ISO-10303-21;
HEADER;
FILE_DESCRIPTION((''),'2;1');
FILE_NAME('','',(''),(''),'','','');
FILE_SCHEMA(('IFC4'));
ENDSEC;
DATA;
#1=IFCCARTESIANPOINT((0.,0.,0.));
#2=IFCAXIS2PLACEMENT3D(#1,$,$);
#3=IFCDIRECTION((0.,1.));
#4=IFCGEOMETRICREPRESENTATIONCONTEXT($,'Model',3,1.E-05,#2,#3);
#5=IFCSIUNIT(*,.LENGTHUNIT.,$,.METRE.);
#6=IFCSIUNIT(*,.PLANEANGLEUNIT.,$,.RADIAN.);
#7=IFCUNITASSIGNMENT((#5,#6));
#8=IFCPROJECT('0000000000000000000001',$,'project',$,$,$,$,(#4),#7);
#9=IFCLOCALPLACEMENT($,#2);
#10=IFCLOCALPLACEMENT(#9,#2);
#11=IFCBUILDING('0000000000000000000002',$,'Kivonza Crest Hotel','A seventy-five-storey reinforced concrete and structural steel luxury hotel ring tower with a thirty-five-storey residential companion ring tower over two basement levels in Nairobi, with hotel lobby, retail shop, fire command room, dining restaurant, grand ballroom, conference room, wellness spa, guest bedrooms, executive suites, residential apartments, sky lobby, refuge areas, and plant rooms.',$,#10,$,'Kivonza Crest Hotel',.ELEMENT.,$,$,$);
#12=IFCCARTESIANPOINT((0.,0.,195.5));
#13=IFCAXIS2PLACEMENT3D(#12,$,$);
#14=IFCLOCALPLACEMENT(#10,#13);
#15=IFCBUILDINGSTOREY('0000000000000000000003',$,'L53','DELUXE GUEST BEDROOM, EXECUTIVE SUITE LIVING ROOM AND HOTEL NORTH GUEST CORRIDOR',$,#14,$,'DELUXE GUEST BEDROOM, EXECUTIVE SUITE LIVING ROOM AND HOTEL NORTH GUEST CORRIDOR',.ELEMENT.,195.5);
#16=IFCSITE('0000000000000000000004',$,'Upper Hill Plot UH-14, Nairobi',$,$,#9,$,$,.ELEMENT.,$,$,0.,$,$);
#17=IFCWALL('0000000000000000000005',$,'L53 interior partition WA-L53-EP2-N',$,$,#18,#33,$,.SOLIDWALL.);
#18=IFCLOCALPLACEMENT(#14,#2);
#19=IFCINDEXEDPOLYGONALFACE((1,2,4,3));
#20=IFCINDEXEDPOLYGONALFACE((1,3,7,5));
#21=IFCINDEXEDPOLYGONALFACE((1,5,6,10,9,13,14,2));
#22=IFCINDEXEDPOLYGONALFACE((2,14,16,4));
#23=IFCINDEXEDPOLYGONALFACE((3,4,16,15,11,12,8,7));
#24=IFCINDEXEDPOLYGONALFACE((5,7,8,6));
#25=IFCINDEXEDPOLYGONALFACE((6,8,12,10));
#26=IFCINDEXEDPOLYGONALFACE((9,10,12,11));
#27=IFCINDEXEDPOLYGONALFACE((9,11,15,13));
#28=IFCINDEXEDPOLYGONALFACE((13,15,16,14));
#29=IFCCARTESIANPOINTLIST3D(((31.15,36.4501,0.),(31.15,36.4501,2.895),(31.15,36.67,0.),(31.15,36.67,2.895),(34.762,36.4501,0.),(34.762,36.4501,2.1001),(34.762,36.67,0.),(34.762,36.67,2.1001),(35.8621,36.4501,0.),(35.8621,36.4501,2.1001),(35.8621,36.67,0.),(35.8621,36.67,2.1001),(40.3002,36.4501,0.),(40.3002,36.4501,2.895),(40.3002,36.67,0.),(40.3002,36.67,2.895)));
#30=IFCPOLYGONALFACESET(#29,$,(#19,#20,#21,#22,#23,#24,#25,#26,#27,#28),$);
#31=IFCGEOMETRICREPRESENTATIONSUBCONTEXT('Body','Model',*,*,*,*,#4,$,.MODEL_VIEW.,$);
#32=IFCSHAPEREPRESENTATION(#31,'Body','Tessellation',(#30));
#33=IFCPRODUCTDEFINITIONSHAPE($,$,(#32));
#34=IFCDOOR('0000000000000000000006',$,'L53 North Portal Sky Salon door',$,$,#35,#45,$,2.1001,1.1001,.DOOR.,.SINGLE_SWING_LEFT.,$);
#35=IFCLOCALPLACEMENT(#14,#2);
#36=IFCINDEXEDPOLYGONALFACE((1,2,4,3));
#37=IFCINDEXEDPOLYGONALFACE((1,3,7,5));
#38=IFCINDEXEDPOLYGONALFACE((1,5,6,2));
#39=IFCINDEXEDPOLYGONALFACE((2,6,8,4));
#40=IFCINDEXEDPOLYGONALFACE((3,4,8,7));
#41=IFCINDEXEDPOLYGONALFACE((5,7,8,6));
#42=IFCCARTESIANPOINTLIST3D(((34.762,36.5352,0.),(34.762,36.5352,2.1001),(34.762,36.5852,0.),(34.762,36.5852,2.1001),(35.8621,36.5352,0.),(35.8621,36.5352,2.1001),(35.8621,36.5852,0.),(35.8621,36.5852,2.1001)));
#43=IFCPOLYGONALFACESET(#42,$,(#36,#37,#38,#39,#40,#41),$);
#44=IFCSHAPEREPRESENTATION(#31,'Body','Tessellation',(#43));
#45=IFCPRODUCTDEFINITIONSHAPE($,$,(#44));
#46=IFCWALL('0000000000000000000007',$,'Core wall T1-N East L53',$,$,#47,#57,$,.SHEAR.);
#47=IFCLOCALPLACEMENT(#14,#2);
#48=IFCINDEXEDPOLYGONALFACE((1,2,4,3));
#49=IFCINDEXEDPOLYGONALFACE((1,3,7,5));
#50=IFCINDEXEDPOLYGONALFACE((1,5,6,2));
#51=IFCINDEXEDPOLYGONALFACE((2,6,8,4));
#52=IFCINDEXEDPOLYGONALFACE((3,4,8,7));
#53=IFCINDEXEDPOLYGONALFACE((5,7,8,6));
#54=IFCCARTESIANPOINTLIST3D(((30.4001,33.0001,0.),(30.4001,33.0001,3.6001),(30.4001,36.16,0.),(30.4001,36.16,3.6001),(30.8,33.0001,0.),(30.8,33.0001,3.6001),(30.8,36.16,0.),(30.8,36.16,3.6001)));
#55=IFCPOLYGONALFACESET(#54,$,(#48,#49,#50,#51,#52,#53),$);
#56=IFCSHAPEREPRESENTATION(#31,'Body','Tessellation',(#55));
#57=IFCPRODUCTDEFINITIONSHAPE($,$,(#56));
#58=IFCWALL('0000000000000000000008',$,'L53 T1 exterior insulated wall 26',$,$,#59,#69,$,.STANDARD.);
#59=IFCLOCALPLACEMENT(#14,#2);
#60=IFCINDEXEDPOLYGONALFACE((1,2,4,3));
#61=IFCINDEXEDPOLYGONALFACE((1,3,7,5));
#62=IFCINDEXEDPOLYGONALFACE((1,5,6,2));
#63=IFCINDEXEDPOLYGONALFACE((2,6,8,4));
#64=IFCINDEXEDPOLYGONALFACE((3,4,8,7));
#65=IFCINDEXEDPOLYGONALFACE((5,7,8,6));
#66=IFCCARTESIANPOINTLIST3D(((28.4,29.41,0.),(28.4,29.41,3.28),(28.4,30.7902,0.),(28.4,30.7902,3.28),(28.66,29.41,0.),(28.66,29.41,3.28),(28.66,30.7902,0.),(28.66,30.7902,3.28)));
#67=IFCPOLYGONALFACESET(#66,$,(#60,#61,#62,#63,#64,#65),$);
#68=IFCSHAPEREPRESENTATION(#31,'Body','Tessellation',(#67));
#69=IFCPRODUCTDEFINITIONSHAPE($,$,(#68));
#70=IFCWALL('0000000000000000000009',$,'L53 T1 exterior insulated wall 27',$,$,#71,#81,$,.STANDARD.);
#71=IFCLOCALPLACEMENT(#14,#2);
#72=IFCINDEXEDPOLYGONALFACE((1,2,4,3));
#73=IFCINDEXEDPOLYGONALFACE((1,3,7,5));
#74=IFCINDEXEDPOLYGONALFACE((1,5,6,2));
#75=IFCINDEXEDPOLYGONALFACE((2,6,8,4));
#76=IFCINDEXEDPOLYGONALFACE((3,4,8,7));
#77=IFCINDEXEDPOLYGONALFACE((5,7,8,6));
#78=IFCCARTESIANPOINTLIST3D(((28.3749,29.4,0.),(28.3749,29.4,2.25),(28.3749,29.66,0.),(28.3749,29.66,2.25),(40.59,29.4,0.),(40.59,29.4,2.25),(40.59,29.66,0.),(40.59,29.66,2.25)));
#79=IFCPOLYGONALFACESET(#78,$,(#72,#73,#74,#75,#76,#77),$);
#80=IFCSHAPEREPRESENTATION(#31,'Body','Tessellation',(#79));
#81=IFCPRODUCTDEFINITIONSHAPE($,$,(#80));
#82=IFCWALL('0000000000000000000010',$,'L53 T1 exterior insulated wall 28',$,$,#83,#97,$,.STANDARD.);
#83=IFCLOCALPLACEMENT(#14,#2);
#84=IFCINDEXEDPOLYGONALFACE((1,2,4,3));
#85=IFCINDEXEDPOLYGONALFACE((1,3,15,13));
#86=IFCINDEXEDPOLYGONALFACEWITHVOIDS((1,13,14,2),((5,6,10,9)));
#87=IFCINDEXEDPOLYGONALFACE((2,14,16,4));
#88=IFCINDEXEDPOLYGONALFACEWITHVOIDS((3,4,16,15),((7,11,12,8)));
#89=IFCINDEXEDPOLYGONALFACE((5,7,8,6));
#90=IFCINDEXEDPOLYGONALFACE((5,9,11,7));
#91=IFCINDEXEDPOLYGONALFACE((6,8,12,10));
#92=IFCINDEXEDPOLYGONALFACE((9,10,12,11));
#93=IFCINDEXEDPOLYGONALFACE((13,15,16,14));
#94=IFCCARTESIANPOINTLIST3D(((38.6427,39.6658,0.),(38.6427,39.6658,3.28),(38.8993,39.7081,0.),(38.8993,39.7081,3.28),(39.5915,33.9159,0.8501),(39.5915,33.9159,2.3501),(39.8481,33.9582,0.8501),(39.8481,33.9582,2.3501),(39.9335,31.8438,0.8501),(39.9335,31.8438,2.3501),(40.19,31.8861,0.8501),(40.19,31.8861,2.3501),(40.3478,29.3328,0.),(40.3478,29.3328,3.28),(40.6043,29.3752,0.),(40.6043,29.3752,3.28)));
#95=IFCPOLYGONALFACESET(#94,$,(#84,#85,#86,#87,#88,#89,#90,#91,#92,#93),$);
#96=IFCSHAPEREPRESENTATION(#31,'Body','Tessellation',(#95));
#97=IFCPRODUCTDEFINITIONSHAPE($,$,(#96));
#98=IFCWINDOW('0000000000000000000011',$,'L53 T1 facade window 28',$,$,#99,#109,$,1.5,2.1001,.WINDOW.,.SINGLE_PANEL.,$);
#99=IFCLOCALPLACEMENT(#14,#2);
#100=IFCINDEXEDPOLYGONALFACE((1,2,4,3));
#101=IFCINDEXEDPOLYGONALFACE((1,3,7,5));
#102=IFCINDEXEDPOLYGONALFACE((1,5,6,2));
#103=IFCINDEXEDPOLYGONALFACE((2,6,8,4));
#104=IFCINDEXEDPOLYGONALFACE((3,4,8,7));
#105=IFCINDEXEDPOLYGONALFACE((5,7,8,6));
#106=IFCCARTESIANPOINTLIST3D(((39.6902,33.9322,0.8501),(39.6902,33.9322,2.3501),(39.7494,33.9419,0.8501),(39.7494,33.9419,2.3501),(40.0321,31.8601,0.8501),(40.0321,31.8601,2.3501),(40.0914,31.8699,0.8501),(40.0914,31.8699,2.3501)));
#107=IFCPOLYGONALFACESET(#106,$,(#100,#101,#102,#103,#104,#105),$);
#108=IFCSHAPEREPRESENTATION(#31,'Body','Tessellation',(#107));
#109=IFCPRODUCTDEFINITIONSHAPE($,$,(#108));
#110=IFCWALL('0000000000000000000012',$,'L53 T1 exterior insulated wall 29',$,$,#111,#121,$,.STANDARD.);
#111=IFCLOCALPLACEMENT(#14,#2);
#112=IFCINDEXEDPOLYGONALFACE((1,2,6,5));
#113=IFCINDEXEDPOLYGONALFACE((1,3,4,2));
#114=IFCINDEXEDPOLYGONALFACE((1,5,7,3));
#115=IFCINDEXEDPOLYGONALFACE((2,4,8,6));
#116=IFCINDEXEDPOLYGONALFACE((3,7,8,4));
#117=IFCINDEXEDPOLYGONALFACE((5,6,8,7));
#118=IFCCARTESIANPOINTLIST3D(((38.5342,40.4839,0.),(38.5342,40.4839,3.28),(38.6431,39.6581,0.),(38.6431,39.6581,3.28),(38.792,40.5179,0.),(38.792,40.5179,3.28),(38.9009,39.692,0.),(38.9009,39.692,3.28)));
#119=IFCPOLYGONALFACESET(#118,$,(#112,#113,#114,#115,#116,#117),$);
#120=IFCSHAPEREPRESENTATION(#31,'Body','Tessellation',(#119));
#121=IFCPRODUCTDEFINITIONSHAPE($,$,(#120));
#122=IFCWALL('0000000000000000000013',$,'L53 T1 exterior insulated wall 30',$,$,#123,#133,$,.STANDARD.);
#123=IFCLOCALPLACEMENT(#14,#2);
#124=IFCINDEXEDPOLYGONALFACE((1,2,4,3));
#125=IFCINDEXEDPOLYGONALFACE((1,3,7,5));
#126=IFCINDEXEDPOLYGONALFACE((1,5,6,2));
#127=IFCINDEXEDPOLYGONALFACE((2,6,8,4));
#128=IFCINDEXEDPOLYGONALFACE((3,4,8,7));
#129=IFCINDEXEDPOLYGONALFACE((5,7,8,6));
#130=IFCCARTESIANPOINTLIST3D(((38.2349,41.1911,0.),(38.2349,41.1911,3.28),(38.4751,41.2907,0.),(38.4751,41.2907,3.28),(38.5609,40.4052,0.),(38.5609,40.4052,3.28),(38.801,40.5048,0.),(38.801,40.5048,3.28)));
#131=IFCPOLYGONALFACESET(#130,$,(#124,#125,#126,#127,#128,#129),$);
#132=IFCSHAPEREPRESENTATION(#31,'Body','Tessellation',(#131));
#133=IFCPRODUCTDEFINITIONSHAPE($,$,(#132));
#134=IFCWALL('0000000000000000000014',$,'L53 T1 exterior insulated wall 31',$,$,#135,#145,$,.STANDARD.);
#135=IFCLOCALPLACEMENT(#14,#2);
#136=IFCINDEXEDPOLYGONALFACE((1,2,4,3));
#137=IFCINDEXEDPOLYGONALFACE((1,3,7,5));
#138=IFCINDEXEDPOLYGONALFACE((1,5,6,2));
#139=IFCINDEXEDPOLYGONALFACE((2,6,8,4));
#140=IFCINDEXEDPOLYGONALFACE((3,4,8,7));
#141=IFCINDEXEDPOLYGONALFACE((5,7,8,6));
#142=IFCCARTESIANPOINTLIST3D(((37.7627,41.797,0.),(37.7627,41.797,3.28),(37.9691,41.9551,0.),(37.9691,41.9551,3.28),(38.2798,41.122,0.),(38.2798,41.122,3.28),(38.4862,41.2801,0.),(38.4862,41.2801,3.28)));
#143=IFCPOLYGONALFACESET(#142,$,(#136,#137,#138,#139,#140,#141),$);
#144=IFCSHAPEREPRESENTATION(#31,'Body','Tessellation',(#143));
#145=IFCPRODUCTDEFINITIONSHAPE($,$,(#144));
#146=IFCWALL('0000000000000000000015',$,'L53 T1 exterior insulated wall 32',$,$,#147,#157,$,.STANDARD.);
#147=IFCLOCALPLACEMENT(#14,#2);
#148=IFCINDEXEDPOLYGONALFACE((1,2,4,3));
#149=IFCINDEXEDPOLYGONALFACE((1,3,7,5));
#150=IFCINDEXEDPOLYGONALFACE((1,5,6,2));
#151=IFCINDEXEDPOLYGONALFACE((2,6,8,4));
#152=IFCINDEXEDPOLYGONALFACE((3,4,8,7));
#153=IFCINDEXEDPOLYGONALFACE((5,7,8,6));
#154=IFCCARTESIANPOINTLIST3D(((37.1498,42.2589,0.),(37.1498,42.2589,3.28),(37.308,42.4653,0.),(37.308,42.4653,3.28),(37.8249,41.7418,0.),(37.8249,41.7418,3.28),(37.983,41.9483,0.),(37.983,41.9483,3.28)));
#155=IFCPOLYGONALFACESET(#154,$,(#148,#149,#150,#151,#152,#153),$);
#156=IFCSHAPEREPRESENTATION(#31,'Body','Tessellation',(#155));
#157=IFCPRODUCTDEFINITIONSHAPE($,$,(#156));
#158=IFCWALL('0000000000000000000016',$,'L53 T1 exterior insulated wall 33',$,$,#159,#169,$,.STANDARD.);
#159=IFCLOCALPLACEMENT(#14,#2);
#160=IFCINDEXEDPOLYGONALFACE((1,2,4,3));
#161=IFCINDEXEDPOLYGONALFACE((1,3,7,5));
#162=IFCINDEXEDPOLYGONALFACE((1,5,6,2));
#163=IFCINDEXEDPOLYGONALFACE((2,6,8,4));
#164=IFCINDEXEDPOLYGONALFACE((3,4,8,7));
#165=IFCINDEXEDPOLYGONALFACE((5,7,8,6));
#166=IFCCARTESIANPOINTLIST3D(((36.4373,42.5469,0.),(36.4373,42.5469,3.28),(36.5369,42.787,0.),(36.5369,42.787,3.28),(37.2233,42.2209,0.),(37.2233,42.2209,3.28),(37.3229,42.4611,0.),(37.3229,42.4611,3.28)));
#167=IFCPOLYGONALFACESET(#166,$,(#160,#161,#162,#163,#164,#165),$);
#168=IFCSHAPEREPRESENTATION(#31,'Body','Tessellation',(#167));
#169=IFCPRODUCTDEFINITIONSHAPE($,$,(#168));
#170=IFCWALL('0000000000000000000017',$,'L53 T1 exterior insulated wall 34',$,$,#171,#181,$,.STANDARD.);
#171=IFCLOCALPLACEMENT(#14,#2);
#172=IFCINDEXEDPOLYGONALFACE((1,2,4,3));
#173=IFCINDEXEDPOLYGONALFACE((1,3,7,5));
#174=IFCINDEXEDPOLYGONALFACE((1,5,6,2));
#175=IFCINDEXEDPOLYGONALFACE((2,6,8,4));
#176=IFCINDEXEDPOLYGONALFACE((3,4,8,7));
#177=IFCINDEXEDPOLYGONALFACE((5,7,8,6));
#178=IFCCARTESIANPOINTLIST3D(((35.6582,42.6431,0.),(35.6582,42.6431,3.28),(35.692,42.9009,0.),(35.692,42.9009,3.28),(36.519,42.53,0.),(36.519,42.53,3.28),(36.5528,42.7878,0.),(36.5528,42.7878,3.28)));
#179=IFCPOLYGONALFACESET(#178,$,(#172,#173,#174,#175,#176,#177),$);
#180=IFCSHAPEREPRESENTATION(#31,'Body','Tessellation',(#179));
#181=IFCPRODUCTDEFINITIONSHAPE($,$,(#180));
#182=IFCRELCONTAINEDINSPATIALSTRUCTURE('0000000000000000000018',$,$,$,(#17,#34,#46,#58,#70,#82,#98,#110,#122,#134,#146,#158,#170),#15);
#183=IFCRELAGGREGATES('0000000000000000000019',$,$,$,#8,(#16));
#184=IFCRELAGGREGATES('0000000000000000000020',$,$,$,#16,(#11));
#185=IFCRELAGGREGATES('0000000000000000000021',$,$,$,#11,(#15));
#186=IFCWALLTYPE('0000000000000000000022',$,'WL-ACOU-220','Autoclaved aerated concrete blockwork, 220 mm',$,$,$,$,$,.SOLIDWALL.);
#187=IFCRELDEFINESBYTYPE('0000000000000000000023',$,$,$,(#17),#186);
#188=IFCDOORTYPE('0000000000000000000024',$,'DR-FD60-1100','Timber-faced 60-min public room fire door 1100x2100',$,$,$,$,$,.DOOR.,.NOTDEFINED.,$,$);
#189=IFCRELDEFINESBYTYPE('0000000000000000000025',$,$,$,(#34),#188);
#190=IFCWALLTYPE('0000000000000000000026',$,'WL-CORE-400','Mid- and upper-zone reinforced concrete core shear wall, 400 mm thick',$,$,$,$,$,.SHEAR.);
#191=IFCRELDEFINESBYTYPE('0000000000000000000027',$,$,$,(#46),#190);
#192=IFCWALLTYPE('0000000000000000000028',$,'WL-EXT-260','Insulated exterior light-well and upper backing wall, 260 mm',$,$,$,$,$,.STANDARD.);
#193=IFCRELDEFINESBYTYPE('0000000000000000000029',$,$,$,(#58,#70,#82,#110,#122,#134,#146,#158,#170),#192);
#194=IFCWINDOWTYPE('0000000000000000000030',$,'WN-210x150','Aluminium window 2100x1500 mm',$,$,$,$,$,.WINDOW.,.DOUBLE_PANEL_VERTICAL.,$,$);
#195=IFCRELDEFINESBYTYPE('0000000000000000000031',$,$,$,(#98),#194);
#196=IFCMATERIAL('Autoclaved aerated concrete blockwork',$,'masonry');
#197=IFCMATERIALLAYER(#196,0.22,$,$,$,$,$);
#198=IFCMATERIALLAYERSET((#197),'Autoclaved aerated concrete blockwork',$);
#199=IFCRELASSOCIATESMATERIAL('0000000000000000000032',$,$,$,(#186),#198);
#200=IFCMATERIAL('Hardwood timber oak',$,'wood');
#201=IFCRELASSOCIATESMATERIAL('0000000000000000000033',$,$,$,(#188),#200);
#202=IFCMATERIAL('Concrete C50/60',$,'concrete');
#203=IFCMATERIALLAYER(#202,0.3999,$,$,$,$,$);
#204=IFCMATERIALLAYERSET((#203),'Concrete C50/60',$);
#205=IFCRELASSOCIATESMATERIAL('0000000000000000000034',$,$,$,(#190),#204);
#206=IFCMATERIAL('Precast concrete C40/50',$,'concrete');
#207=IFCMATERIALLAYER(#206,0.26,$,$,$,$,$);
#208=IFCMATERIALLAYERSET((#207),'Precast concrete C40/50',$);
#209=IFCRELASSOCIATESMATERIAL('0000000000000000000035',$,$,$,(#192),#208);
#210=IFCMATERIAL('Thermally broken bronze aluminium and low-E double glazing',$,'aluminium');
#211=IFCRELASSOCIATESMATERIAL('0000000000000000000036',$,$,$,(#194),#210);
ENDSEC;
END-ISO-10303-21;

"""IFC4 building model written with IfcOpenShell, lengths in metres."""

from ifc_helpers import new_model, si_unit, direction, frame, frame_2d, origin, place, context, subcontext, project, spatial, rectangle, extrude, material, layer, layer_set, type_object, element, fill, save


model = new_model("IFC4")

# Units and contexts
model_context = context("Model", 3, precision=1e-05, world=origin(), true_north=direction((0.0, 1.0)))
body_context = subcontext(model_context, "Body", "Model", "MODEL_VIEW")
ifc_project = project(units=[si_unit("LENGTHUNIT", "METRE"), si_unit("PLANEANGLEUNIT", "RADIAN")], contexts=[model_context])

# Site, building, storey
site_placement = place(None, origin())
site = spatial("IfcSite", under=ifc_project, at=site_placement, Name="Upper Hill Plot UH-14, Nairobi", CompositionType="ELEMENT", RefElevation=0.0)
building_placement = place(site_placement, origin())
building = spatial("IfcBuilding", under=site, at=building_placement, Name="Kivonza Crest Hotel", Description="A seventy-five-storey reinforced concrete and structural steel luxury hotel ring tower with a thirty-five-storey residential companion ring tower over two basement levels in Nairobi, with hotel lobby, retail shop, fire command room, dining restaurant, grand ballroom, conference room, wellness spa, guest bedrooms, executive suites, residential apartments, sky lobby, refuge areas, and plant rooms.", LongName="Kivonza Crest Hotel", CompositionType="ELEMENT")
storey_placement = place(building_placement, frame((0.0, 0.0, 195.5)))
storey = spatial("IfcBuildingStorey", under=building, at=storey_placement, Name="L53", Description="DELUXE GUEST BEDROOM, EXECUTIVE SUITE LIVING ROOM AND HOTEL NORTH GUEST CORRIDOR", LongName="DELUXE GUEST BEDROOM, EXECUTIVE SUITE LIVING ROOM AND HOTEL NORTH GUEST CORRIDOR", CompositionType="ELEMENT", Elevation=195.5)

# Shared definitions
ifc_material_1 = material(Name="Concrete C50/60", Category="concrete")

# Shared definitions
ifc_material_2 = material(Name="Autoclaved aerated concrete blockwork", Category="masonry")
ifc_layer_1 = layer(ifc_material_2, 0.22)
ifc_layer_set_1 = layer_set([ifc_layer_1], Name="Autoclaved aerated concrete blockwork")
wall_type_1 = type_object("IfcWallType", Name="WL-ACOU-220", Description="Autoclaved aerated concrete blockwork, 220 mm", PredefinedType="SOLIDWALL", material=ifc_layer_set_1)

# Wall, opening, door
wall_1_placement = place(storey_placement, frame((31.1499, 36.5601, 0.0), z_axis=(0.0, 0.0, 1.0), x_axis=(1.0, 0.0, 0.0)))
wall_1 = element("IfcWall", 1, at=wall_1_placement, inside=storey, type_object=wall_type_1, Name="L53 interior partition WA-L53-EP2-N", PredefinedType="SOLIDWALL", context=body_context, shape_type="SweptSolid", body=[
    extrude(rectangle(XDim=9.1501, YDim=0.22, at=frame_2d((4.5752, 0.0))), origin(), (0.0, 0.0, 1.0), 2.895),
])
opening_1_placement = place(wall_1_placement, frame((3.6121, 0.0, 0.0)))
opening_1 = element("IfcOpeningElement", 2, at=opening_1_placement, cuts=wall_1, PredefinedType="OPENING", context=body_context, shape_type="SweptSolid", body=[
    extrude(rectangle(XDim=1.1001, YDim=2.1001, at=frame_2d((0.55, 1.05))), frame((0.0, 0.1201, 0.0), z_axis=(0.0, -1.0, 0.0), x_axis=(1.0, 0.0, 0.0)), (0.0, 0.0, 1.0), 0.24),
])
ifc_material_3 = material(Name="Hardwood timber oak", Category="wood")
door_type_1 = type_object("IfcDoorType", Name="DR-FD60-1100", Description="Timber-faced 60-min public room fire door 1100x2100", OperationType="NOTDEFINED", PredefinedType="DOOR", material=ifc_material_3)
door_1_placement = place(opening_1_placement, frame((1.1001, 0.0, 0.0), z_axis=(0.0, 0.0, 1.0), x_axis=(-1.0, 0.0, 0.0)))
door_1 = element("IfcDoor", 3, at=door_1_placement, inside=storey, type_object=door_type_1, Name="L53 North Portal Sky Salon door", OperationType="SINGLE_SWING_LEFT", OverallHeight=2.1001, OverallWidth=1.1001, PredefinedType="DOOR", context=body_context, shape_type="SweptSolid", body=[
    extrude(rectangle(XDim=1.1001, YDim=2.1001, at=frame_2d((0.55, 1.05))), frame((0.0, 0.0249, 0.0), z_axis=(0.0, -1.0, 0.0), x_axis=(1.0, 0.0, 0.0)), (0.0, 0.0, 1.0), 0.05),
])
fill(opening_1, door_1)

# Walls
ifc_layer_2 = layer(ifc_material_1, 0.3999)
ifc_layer_set_2 = layer_set([ifc_layer_2], Name="Concrete C50/60")
wall_type_2 = type_object("IfcWallType", Name="WL-CORE-400", Description="Mid- and upper-zone reinforced concrete core shear wall, 400 mm thick", PredefinedType="SHEAR", material=ifc_layer_set_2)
wall_2_placement = place(storey_placement, frame((30.6001, 33.0, 0.0), z_axis=(0.0, 0.0, 1.0), x_axis=(0.0, 1.0, 0.0)))
element("IfcWall", 4, at=wall_2_placement, inside=storey, type_object=wall_type_2, Name="Core wall T1-N East L53", PredefinedType="SHEAR", context=body_context, shape_type="SweptSolid", body=[
    extrude(rectangle(XDim=3.1599, YDim=0.3999, at=frame_2d((1.5801, 0.0))), origin(), (0.0, 0.0, 1.0), 3.6001),
])
ifc_material_4 = material(Name="Precast concrete C40/50", Category="concrete")
ifc_layer_3 = layer(ifc_material_4, 0.26)
ifc_layer_set_3 = layer_set([ifc_layer_3], Name="Precast concrete C40/50")
wall_type_3 = type_object("IfcWallType", Name="WL-EXT-260", Description="Insulated exterior light-well and upper backing wall, 260 mm", PredefinedType="STANDARD", material=ifc_layer_set_3)
wall_3_placement = place(storey_placement, frame((28.53, 30.79, 0.0), z_axis=(0.0, 0.0, 1.0), x_axis=(0.0, -1.0, 0.0)))
element("IfcWall", 5, at=wall_3_placement, inside=storey, type_object=wall_type_3, Name="L53 T1 exterior insulated wall 26", PredefinedType="STANDARD", context=body_context, shape_type="SweptSolid", body=[
    extrude(rectangle(XDim=1.3801, YDim=0.26, at=frame_2d((0.6899, 0.0))), origin(), (0.0, 0.0, 1.0), 3.28),
])
wall_4_placement = place(storey_placement, frame((28.375, 29.53, 0.0), z_axis=(0.0, 0.0, 1.0), x_axis=(1.0, 0.0, 0.0)))
element("IfcWall", 6, at=wall_4_placement, inside=storey, type_object=wall_type_3, Name="L53 T1 exterior insulated wall 27", PredefinedType="STANDARD", context=body_context, shape_type="SweptSolid", body=[
    extrude(rectangle(XDim=12.2151, YDim=0.26, at=frame_2d((6.1074, 0.0))), origin(), (0.0, 0.0, 1.0), 2.25),
])

# Wall, opening, window
wall_5_placement = place(storey_placement, frame((40.4761, 29.354, 0.0), z_axis=(0.0, 0.0, 1.0), x_axis=(-0.162811, 0.986657, 0.0)))
wall_5 = element("IfcWall", 7, at=wall_5_placement, inside=storey, type_object=wall_type_3, Name="L53 T1 exterior insulated wall 28", PredefinedType="STANDARD", context=body_context, shape_type="SweptSolid", body=[
    extrude(rectangle(XDim=10.4727, YDim=0.26, at=frame_2d((5.2363, 0.0))), origin(), (0.0, 0.0, 1.0), 3.28),
])
opening_2_placement = place(wall_5_placement, frame((2.5449, 0.0, 0.8501)))
opening_2 = element("IfcOpeningElement", 8, at=opening_2_placement, cuts=wall_5, PredefinedType="OPENING", context=body_context, shape_type="SweptSolid", body=[
    extrude(rectangle(XDim=2.1001, YDim=1.5, at=frame_2d((1.05, 0.75))), frame((0.0, 0.1401, 0.0), z_axis=(0.0, -1.0, 0.0), x_axis=(1.0, 0.0, 0.0)), (0.0, 0.0, 1.0), 0.28),
])
ifc_material_5 = material(Name="Thermally broken bronze aluminium and low-E double glazing", Category="aluminium")
window_type = type_object("IfcWindowType", Name="WN-210x150", Description="Aluminium window 2100x1500 mm", PartitioningType="DOUBLE_PANEL_VERTICAL", PredefinedType="WINDOW", material=ifc_material_5)
window_1_placement = place(opening_2_placement, origin())
window_1 = element("IfcWindow", 9, at=window_1_placement, inside=storey, type_object=window_type, Name="L53 T1 facade window 28", OverallHeight=1.5, OverallWidth=2.1001, PartitioningType="SINGLE_PANEL", PredefinedType="WINDOW", context=body_context, shape_type="SweptSolid", body=[
    extrude(rectangle(XDim=2.1001, YDim=1.5, at=frame_2d((1.05, 0.75))), frame((0.0, 0.03, 0.0), z_axis=(0.0, -1.0, 0.0), x_axis=(1.0, 0.0, 0.0)), (0.0, 0.0, 1.0), 0.0601),
])
fill(opening_2, window_1)

# Walls
wall_6_placement = place(storey_placement, frame((38.772, 39.675, 0.0), z_axis=(0.0, 0.0, 1.0), x_axis=(-0.130705, 0.991421, 0.0)))
element("IfcWall", 10, at=wall_6_placement, inside=storey, type_object=wall_type_3, Name="L53 T1 exterior insulated wall 29", PredefinedType="STANDARD", context=body_context, shape_type="SweptSolid", body=[
    extrude(rectangle(XDim=0.833, YDim=0.26, at=frame_2d((0.4165, 0.0))), origin(), (0.0, 0.0, 1.0), 3.28),
])
wall_7_placement = place(storey_placement, frame((38.6809, 40.4551, 0.0), z_axis=(0.0, 0.0, 1.0), x_axis=(-0.383087, 0.923712, 0.0)))
element("IfcWall", 11, at=wall_7_placement, inside=storey, type_object=wall_type_3, Name="L53 T1 exterior insulated wall 30", PredefinedType="STANDARD", context=body_context, shape_type="SweptSolid", body=[
    extrude(rectangle(XDim=0.8508, YDim=0.26, at=frame_2d((0.4253, 0.0))), origin(), (0.0, 0.0, 1.0), 3.28),
])
for number, where, z_axis, x_axis, name in (
    (12, (38.3831, 41.2009, 0.0), (0.0, 0.0, 1.0), (-0.6081, 0.79386, 0.0), "L53 T1 exterior insulated wall 31"),
    (13, (37.9041, 41.845, 0.0), (0.0, 0.0, 1.0), (-0.79386, 0.6081, 0.0), "L53 T1 exterior insulated wall 32"),
):
    element("IfcWall", number, at=place(storey_placement, frame(where, z_axis=z_axis, x_axis=x_axis)), inside=storey, type_object=wall_type_3, Name=name, PredefinedType="STANDARD", context=body_context, shape_type="SweptSolid", body=[
        extrude(rectangle(XDim=0.8503, YDim=0.26, at=frame_2d((0.4253, 0.0))), origin(), (0.0, 0.0, 1.0), 3.28),
    ])
wall_8_placement = place(storey_placement, frame((37.2729, 42.3411, 0.0), z_axis=(0.0, 0.0, 1.0), x_axis=(-0.923712, 0.383087, 0.0)))
element("IfcWall", 14, at=wall_8_placement, inside=storey, type_object=wall_type_3, Name="L53 T1 exterior insulated wall 33", PredefinedType="STANDARD", context=body_context, shape_type="SweptSolid", body=[
    extrude(rectangle(XDim=0.8508, YDim=0.26, at=frame_2d((0.4253, 0.0))), origin(), (0.0, 0.0, 1.0), 3.28),
])
wall_9_placement = place(storey_placement, frame((36.5359, 42.6589, 0.0), z_axis=(0.0, 0.0, 1.0), x_axis=(-0.991489, 0.130193, 0.0)))
element("IfcWall", 15, at=wall_9_placement, inside=storey, type_object=wall_type_3, Name="L53 T1 exterior insulated wall 34", PredefinedType="STANDARD", context=body_context, shape_type="SweptSolid", body=[
    extrude(rectangle(XDim=0.8682, YDim=0.26, at=frame_2d((0.4341, 0.0))), origin(), (0.0, 0.0, 1.0), 3.28),
])

save(model, "model.ifc")
